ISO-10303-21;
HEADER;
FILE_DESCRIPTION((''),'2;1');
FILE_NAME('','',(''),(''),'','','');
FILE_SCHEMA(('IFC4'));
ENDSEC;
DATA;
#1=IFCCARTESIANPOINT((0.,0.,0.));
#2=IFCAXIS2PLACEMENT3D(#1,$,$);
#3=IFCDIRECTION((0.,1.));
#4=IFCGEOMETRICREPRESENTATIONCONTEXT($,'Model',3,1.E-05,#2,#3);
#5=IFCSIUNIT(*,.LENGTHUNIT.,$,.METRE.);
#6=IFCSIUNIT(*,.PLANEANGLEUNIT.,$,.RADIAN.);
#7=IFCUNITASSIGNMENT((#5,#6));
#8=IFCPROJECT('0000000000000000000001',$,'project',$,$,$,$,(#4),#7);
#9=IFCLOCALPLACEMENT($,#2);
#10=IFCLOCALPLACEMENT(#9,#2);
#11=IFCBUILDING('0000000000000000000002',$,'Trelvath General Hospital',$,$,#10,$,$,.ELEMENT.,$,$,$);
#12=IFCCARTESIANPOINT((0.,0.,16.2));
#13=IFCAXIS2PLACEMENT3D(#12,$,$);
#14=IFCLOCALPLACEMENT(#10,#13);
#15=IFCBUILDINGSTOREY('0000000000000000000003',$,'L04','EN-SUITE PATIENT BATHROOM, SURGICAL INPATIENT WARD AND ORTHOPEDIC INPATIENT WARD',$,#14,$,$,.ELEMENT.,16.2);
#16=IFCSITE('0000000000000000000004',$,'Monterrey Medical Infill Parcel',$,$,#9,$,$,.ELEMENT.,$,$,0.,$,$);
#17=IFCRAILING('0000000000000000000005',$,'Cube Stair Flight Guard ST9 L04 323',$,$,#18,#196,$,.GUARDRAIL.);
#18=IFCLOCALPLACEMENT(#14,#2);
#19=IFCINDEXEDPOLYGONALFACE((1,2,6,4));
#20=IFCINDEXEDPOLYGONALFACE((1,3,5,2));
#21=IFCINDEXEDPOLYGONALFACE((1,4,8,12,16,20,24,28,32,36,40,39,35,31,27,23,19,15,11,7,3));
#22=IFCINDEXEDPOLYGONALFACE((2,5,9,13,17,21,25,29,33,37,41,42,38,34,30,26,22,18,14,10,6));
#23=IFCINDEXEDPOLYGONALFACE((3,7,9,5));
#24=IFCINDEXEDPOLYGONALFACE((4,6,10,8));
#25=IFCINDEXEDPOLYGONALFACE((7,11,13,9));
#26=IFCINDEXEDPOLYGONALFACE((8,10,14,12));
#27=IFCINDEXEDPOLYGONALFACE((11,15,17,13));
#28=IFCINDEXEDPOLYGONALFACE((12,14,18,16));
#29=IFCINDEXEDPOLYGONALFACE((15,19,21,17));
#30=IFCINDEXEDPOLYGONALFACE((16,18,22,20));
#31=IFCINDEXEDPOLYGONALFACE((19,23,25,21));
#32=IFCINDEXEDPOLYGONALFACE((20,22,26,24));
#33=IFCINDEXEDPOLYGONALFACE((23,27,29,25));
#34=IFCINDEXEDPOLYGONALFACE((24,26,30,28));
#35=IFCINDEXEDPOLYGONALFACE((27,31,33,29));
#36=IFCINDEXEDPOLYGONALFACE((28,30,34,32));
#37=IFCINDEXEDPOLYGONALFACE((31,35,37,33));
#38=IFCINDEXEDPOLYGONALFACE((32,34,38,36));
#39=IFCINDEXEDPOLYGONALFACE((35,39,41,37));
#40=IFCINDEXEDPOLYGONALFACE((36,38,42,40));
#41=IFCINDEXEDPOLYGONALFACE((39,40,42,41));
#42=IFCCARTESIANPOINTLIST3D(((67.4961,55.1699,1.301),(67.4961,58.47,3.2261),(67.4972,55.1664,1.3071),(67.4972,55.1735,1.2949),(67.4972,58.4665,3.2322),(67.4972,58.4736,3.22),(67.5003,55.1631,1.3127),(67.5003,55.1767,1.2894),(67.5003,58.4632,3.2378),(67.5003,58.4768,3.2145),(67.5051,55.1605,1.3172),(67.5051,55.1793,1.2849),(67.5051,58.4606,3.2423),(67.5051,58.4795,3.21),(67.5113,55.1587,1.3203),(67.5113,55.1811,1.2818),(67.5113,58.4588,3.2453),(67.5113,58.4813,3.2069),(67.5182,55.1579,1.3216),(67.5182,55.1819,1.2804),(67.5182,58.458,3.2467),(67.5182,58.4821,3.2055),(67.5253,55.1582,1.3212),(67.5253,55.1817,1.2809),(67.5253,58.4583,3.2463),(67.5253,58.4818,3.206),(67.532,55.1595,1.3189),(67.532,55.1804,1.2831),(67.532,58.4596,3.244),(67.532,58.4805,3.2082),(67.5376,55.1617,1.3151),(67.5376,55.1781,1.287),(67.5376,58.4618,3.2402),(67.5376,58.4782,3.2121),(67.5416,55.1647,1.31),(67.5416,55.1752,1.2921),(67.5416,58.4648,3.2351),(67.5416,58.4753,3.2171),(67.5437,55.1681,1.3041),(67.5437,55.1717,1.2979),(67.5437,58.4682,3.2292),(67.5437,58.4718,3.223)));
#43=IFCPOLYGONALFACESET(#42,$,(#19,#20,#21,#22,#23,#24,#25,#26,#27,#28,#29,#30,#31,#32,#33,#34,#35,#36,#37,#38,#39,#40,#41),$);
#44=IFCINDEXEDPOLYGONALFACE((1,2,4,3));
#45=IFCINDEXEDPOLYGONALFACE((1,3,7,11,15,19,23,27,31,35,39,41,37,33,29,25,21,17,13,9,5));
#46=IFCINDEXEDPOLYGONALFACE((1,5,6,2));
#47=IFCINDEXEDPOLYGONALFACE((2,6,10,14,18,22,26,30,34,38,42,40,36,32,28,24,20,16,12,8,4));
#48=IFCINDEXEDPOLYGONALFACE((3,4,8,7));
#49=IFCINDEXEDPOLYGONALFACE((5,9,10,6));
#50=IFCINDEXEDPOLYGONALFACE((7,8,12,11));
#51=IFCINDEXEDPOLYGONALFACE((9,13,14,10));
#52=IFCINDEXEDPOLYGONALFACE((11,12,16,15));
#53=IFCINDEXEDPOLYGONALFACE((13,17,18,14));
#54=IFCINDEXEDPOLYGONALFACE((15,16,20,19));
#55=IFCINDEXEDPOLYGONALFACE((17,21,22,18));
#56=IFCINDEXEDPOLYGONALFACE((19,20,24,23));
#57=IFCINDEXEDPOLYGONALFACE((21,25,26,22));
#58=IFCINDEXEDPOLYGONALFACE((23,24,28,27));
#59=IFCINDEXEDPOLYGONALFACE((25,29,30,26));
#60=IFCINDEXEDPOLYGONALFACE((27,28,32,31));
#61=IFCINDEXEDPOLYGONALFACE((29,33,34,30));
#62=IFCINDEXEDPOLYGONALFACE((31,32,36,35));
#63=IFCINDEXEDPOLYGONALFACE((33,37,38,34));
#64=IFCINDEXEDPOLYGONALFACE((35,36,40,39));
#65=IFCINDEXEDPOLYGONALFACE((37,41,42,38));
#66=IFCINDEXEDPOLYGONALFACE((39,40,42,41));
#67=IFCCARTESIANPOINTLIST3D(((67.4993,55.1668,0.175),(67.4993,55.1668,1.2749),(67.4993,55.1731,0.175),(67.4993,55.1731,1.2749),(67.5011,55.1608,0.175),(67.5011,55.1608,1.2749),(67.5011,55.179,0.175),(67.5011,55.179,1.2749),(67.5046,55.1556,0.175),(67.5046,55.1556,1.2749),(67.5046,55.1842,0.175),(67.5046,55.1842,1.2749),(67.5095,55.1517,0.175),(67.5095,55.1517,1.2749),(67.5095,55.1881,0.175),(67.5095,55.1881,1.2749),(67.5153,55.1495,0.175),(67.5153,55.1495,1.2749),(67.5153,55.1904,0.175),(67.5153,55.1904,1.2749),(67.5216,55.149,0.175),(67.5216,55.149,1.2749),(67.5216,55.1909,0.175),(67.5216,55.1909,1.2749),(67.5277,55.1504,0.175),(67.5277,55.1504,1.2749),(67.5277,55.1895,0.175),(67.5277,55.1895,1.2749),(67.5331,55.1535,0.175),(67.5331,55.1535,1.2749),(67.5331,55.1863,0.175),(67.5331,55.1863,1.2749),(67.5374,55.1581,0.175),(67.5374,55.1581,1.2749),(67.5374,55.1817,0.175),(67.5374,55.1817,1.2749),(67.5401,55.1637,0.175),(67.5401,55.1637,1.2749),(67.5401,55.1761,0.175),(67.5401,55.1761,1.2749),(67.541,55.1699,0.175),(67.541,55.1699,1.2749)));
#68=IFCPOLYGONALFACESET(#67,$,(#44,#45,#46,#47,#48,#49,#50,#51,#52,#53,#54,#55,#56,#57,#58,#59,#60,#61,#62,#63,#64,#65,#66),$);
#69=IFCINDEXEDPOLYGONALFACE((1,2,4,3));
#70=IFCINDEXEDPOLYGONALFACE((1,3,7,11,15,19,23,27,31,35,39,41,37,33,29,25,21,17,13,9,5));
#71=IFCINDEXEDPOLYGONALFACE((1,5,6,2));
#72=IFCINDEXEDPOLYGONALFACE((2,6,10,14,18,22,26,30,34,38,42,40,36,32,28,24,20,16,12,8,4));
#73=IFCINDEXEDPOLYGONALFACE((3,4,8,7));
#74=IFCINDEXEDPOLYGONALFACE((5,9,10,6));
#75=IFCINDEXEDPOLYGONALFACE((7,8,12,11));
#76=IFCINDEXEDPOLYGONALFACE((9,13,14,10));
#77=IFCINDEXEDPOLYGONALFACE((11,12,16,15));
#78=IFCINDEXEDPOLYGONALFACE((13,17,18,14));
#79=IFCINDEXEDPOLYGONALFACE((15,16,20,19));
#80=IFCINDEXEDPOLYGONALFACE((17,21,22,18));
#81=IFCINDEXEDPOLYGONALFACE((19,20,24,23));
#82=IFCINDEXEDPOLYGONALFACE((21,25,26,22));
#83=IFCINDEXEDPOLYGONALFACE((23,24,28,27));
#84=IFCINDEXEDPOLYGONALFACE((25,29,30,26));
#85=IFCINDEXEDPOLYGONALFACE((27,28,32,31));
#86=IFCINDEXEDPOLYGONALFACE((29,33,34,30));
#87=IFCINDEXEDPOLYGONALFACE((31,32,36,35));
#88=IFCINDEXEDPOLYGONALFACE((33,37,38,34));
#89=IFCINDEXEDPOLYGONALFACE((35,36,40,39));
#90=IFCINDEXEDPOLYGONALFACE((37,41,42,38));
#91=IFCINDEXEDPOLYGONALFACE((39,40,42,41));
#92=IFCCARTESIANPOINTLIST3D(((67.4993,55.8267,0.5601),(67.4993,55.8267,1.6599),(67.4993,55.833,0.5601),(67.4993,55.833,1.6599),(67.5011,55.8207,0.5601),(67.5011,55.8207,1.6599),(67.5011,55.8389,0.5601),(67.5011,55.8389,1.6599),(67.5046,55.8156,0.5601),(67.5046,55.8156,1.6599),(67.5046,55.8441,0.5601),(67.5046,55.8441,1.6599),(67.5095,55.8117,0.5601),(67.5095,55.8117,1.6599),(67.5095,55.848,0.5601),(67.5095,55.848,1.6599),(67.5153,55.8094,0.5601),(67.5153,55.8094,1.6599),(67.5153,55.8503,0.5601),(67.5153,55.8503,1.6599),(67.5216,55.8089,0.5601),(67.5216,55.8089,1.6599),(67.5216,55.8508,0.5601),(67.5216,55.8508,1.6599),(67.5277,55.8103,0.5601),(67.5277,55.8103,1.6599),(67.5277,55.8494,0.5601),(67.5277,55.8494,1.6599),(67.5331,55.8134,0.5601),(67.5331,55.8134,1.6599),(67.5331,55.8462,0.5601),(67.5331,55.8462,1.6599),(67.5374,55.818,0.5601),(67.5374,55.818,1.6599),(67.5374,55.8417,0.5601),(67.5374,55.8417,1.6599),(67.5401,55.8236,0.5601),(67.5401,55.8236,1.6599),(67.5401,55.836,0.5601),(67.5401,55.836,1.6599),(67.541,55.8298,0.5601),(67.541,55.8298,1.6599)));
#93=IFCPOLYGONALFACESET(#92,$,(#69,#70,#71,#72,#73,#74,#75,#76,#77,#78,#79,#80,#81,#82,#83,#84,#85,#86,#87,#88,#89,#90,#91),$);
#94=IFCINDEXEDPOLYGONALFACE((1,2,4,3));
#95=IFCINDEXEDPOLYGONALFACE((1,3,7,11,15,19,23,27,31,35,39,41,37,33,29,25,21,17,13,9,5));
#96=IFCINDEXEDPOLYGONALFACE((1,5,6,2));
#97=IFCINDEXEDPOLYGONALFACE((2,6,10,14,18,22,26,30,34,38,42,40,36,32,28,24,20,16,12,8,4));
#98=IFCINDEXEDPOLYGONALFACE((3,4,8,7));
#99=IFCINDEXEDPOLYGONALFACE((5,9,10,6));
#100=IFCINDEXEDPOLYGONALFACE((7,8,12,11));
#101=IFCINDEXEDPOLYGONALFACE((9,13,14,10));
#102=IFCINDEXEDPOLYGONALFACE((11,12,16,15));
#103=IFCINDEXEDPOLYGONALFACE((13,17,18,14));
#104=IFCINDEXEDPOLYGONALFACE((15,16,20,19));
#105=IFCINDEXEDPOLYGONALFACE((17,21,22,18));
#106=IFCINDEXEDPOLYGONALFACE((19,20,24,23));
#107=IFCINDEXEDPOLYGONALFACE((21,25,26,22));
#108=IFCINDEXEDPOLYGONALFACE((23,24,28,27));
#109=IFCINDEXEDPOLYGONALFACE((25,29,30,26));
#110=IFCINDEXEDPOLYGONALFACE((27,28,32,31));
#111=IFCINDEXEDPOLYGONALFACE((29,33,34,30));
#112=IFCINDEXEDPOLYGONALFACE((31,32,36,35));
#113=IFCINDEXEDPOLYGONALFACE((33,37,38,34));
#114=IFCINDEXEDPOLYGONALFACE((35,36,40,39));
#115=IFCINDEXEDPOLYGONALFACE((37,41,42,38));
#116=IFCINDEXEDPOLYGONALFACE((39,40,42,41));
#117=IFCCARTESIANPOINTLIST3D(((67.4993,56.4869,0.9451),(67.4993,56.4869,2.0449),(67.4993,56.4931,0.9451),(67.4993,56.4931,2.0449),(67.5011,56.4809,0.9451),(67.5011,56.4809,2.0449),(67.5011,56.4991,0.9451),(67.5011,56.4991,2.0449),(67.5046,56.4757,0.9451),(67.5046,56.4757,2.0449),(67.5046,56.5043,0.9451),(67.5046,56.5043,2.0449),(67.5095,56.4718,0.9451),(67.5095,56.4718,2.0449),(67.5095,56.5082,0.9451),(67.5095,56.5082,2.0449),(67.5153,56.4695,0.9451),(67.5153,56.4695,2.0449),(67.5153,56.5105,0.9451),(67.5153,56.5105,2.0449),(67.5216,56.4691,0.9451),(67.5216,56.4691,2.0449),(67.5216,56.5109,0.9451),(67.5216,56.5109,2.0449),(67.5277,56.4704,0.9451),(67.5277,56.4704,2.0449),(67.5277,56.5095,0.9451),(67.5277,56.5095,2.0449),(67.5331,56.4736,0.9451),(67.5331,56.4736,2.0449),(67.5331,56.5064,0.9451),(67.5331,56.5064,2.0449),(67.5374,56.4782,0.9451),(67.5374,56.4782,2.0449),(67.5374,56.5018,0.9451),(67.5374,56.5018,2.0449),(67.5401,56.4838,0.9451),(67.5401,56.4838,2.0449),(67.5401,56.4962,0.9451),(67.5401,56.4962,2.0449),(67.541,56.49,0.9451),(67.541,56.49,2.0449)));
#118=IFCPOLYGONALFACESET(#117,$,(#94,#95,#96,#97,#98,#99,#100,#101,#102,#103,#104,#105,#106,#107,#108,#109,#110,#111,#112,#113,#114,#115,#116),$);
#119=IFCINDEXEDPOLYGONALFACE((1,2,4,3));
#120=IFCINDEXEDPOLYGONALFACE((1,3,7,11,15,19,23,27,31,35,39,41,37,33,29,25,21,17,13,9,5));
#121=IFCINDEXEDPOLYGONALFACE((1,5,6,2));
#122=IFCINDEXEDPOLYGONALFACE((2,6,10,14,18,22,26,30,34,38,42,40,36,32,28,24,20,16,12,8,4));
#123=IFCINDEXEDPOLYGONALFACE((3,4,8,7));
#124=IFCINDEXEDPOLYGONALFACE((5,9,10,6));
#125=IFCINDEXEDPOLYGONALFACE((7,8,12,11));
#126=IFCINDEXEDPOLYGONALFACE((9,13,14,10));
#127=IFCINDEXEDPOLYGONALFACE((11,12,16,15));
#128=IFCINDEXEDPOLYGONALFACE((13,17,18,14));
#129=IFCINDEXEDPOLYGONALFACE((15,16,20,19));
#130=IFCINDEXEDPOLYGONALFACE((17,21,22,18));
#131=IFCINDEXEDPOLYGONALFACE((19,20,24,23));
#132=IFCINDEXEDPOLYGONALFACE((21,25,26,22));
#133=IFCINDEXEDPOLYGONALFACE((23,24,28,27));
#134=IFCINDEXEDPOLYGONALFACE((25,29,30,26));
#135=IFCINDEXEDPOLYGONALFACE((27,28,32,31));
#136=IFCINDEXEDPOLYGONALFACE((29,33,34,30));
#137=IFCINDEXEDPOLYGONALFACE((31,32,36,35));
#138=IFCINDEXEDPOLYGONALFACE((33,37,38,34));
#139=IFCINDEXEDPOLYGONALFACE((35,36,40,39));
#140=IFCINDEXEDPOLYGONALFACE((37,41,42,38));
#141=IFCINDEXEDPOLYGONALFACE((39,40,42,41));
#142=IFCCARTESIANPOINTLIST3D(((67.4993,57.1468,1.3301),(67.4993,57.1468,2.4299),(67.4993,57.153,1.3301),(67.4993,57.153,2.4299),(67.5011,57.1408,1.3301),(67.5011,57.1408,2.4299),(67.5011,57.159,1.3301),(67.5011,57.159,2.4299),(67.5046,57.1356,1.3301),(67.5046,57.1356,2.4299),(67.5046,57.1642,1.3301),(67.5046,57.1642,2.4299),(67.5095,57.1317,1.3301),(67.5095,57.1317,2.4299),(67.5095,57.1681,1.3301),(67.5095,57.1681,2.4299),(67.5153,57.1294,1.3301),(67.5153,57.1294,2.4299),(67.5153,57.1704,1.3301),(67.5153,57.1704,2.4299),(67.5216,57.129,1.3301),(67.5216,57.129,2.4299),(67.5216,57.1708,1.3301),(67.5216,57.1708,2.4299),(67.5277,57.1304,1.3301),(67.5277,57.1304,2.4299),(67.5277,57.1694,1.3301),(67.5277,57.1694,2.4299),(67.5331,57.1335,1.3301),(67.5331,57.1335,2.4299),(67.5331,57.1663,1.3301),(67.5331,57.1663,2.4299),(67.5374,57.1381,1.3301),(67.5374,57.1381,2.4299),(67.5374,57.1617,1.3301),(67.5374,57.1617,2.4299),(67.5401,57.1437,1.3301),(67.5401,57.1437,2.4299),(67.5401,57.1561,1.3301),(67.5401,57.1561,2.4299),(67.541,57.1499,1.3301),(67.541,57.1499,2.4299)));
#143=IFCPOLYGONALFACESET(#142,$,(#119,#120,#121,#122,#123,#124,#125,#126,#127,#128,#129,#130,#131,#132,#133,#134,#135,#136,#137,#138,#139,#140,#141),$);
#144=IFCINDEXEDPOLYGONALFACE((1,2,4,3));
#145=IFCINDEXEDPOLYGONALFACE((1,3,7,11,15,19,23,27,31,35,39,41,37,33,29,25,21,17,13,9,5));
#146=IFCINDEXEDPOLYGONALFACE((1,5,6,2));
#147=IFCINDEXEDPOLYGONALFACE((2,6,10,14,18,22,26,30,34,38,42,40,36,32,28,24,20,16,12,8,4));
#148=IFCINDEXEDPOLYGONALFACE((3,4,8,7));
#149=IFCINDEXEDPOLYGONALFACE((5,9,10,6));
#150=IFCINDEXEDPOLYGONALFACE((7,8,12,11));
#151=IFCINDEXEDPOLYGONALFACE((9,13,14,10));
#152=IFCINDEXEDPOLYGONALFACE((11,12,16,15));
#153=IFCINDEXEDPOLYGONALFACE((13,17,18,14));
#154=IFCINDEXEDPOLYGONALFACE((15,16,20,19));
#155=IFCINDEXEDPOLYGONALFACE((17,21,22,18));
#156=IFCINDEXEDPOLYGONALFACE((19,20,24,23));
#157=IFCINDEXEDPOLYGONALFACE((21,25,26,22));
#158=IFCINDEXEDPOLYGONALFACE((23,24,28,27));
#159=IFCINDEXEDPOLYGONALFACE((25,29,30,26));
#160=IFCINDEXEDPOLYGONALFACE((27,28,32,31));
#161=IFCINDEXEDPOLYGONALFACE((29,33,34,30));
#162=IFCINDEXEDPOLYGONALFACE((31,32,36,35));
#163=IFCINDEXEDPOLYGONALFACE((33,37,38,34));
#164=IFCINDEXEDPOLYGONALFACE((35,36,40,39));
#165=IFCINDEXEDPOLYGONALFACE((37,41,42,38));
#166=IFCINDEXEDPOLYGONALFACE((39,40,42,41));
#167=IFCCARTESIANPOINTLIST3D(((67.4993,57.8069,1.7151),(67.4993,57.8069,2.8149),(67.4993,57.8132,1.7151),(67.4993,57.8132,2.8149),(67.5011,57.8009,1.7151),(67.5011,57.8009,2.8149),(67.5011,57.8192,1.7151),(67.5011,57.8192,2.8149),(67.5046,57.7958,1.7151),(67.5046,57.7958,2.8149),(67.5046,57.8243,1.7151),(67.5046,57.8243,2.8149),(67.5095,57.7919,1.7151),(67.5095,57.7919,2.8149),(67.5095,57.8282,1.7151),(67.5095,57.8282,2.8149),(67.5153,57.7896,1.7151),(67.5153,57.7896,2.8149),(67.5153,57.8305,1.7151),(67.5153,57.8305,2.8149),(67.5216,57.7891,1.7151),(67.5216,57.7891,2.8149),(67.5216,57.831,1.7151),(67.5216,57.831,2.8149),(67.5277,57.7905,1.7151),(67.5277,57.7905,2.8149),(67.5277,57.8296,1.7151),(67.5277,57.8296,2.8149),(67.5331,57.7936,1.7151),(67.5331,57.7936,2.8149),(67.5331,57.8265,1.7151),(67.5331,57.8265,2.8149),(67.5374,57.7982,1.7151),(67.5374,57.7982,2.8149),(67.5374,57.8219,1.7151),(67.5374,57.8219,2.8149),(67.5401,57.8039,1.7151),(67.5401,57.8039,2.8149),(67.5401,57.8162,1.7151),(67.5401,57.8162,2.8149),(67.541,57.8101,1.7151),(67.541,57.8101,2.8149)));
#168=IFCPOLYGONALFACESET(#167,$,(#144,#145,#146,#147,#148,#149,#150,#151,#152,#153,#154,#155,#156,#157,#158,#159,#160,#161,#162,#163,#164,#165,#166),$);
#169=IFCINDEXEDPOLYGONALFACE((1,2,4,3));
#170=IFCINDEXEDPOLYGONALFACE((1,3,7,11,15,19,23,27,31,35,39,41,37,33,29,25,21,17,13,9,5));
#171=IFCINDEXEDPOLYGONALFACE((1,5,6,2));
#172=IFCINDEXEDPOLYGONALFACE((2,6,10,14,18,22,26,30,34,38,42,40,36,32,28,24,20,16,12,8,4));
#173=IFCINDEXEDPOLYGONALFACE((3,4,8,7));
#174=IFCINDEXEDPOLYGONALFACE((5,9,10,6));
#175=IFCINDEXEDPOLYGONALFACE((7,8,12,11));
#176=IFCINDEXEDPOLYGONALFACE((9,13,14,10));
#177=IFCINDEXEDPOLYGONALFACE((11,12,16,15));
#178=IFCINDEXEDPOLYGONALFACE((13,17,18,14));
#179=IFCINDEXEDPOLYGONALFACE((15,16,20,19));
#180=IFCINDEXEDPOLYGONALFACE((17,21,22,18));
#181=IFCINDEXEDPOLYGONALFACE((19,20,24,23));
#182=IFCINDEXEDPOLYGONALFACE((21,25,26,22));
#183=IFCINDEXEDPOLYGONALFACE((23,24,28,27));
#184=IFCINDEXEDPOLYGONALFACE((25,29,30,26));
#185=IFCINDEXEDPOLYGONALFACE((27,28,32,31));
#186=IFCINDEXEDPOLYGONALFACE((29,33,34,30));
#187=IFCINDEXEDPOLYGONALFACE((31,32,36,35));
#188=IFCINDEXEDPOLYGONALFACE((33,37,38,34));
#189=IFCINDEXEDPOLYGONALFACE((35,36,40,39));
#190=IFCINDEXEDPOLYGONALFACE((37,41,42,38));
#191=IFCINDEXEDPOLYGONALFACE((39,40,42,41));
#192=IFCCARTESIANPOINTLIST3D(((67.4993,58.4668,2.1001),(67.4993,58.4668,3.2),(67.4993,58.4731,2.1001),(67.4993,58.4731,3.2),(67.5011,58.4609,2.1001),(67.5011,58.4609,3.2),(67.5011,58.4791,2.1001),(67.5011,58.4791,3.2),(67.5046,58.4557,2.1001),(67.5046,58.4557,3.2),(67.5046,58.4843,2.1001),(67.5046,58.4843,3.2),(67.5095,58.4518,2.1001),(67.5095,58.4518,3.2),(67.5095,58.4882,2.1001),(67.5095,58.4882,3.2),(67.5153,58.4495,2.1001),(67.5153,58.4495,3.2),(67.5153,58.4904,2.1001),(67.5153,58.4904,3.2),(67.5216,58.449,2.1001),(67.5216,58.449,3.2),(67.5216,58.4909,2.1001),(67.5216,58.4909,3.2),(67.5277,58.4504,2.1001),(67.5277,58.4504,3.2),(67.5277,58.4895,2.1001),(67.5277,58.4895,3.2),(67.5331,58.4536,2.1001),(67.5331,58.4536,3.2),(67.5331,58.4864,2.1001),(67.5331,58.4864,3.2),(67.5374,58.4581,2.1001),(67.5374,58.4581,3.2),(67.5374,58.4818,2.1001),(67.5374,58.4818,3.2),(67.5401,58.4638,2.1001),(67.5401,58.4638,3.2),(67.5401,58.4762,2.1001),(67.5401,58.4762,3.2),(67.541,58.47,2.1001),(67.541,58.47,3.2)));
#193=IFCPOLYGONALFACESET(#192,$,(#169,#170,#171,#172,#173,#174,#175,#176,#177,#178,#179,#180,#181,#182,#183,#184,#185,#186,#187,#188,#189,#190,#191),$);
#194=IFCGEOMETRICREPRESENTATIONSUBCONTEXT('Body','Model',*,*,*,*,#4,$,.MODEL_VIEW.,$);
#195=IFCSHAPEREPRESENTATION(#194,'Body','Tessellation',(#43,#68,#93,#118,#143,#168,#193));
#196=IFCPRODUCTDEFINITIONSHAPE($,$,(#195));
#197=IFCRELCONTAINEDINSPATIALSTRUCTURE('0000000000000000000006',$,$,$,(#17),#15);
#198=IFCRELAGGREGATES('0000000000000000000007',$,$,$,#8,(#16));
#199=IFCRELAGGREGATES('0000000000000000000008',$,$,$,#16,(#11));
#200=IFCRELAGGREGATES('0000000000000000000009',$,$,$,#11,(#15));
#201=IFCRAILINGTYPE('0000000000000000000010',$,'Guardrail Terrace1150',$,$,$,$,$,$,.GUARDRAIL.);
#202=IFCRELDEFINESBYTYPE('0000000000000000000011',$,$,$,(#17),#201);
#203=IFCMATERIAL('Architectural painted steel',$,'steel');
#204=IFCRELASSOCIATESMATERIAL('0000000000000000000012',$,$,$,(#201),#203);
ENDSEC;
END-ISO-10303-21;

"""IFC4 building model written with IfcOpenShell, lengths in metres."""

from ifc_helpers import new_model, si_unit, direction, frame, origin, origin_2d, place, context, subcontext, project, spatial, circle, extrude, material, type_object, element, save


model = new_model("IFC4")

# Units and contexts
model_context = context("Model", 3, precision=1e-05, world=origin(), true_north=direction((0.0, 1.0)))
body_context = subcontext(model_context, "Body", "Model", "MODEL_VIEW")
ifc_project = project(units=[si_unit("LENGTHUNIT", "METRE"), si_unit("PLANEANGLEUNIT", "RADIAN")], contexts=[model_context])

# Site, building, storey
site_placement = place(None, origin())
site = spatial("IfcSite", under=ifc_project, at=site_placement, Name="Monterrey Medical Infill Parcel", CompositionType="ELEMENT", RefElevation=0.0)
building_placement = place(site_placement, origin())
building = spatial("IfcBuilding", under=site, at=building_placement, Name="Trelvath General Hospital", CompositionType="ELEMENT")
storey_placement = place(building_placement, frame((0.0, 0.0, 16.2)))
storey = spatial("IfcBuildingStorey", under=building, at=storey_placement, Name="L04", Description="EN-SUITE PATIENT BATHROOM, SURGICAL INPATIENT WARD AND ORTHOPEDIC INPATIENT WARD", CompositionType="ELEMENT", Elevation=16.2)

# Railing
ifc_material_1 = material(Name="Architectural painted steel", Category="steel")
railing_type = type_object("IfcRailingType", Name="Guardrail Terrace1150", PredefinedType="GUARDRAIL", material=ifc_material_1)
for number, where, name in (
    (1, (67.52, 55.1699, 0.175), "Cube Stair Flight Guard ST9 L04 323"),
):
    element("IfcRailing", number, at=place(storey_placement, frame(where)), inside=storey, type_object=railing_type, Name=name, PredefinedType="GUARDRAIL", context=body_context, shape_type="SweptSolid", body=[
        extrude(circle(Radius=0.0239, at=origin_2d()), frame((0.0, 0.0, 1.126), z_axis=(0.0, 0.863777, 0.503875), x_axis=(-1.0, 0.0, 0.0)), (0.0, 0.0, 1.0), 3.8206),
        extrude(circle(Radius=0.021, at=origin_2d()), origin(), (0.0, 0.0, 1.0), 1.0999),
        extrude(circle(Radius=0.021, at=origin_2d()), frame((0.0, 0.6599, 0.385)), (0.0, 0.0, 1.0), 1.0999),
        extrude(circle(Radius=0.021, at=origin_2d()), frame((0.0, 1.3201, 0.77)), (0.0, 0.0, 1.0), 1.0999),
        extrude(circle(Radius=0.021, at=origin_2d()), frame((0.0, 1.98, 1.155)), (0.0, 0.0, 1.0), 1.0999),
        extrude(circle(Radius=0.021, at=origin_2d()), frame((0.0, 2.6401, 1.54)), (0.0, 0.0, 1.0), 1.0999),
        extrude(circle(Radius=0.021, at=origin_2d()), frame((0.0, 3.3, 1.925)), (0.0, 0.0, 1.0), 1.0999),
    ])

save(model, "model.ifc")
